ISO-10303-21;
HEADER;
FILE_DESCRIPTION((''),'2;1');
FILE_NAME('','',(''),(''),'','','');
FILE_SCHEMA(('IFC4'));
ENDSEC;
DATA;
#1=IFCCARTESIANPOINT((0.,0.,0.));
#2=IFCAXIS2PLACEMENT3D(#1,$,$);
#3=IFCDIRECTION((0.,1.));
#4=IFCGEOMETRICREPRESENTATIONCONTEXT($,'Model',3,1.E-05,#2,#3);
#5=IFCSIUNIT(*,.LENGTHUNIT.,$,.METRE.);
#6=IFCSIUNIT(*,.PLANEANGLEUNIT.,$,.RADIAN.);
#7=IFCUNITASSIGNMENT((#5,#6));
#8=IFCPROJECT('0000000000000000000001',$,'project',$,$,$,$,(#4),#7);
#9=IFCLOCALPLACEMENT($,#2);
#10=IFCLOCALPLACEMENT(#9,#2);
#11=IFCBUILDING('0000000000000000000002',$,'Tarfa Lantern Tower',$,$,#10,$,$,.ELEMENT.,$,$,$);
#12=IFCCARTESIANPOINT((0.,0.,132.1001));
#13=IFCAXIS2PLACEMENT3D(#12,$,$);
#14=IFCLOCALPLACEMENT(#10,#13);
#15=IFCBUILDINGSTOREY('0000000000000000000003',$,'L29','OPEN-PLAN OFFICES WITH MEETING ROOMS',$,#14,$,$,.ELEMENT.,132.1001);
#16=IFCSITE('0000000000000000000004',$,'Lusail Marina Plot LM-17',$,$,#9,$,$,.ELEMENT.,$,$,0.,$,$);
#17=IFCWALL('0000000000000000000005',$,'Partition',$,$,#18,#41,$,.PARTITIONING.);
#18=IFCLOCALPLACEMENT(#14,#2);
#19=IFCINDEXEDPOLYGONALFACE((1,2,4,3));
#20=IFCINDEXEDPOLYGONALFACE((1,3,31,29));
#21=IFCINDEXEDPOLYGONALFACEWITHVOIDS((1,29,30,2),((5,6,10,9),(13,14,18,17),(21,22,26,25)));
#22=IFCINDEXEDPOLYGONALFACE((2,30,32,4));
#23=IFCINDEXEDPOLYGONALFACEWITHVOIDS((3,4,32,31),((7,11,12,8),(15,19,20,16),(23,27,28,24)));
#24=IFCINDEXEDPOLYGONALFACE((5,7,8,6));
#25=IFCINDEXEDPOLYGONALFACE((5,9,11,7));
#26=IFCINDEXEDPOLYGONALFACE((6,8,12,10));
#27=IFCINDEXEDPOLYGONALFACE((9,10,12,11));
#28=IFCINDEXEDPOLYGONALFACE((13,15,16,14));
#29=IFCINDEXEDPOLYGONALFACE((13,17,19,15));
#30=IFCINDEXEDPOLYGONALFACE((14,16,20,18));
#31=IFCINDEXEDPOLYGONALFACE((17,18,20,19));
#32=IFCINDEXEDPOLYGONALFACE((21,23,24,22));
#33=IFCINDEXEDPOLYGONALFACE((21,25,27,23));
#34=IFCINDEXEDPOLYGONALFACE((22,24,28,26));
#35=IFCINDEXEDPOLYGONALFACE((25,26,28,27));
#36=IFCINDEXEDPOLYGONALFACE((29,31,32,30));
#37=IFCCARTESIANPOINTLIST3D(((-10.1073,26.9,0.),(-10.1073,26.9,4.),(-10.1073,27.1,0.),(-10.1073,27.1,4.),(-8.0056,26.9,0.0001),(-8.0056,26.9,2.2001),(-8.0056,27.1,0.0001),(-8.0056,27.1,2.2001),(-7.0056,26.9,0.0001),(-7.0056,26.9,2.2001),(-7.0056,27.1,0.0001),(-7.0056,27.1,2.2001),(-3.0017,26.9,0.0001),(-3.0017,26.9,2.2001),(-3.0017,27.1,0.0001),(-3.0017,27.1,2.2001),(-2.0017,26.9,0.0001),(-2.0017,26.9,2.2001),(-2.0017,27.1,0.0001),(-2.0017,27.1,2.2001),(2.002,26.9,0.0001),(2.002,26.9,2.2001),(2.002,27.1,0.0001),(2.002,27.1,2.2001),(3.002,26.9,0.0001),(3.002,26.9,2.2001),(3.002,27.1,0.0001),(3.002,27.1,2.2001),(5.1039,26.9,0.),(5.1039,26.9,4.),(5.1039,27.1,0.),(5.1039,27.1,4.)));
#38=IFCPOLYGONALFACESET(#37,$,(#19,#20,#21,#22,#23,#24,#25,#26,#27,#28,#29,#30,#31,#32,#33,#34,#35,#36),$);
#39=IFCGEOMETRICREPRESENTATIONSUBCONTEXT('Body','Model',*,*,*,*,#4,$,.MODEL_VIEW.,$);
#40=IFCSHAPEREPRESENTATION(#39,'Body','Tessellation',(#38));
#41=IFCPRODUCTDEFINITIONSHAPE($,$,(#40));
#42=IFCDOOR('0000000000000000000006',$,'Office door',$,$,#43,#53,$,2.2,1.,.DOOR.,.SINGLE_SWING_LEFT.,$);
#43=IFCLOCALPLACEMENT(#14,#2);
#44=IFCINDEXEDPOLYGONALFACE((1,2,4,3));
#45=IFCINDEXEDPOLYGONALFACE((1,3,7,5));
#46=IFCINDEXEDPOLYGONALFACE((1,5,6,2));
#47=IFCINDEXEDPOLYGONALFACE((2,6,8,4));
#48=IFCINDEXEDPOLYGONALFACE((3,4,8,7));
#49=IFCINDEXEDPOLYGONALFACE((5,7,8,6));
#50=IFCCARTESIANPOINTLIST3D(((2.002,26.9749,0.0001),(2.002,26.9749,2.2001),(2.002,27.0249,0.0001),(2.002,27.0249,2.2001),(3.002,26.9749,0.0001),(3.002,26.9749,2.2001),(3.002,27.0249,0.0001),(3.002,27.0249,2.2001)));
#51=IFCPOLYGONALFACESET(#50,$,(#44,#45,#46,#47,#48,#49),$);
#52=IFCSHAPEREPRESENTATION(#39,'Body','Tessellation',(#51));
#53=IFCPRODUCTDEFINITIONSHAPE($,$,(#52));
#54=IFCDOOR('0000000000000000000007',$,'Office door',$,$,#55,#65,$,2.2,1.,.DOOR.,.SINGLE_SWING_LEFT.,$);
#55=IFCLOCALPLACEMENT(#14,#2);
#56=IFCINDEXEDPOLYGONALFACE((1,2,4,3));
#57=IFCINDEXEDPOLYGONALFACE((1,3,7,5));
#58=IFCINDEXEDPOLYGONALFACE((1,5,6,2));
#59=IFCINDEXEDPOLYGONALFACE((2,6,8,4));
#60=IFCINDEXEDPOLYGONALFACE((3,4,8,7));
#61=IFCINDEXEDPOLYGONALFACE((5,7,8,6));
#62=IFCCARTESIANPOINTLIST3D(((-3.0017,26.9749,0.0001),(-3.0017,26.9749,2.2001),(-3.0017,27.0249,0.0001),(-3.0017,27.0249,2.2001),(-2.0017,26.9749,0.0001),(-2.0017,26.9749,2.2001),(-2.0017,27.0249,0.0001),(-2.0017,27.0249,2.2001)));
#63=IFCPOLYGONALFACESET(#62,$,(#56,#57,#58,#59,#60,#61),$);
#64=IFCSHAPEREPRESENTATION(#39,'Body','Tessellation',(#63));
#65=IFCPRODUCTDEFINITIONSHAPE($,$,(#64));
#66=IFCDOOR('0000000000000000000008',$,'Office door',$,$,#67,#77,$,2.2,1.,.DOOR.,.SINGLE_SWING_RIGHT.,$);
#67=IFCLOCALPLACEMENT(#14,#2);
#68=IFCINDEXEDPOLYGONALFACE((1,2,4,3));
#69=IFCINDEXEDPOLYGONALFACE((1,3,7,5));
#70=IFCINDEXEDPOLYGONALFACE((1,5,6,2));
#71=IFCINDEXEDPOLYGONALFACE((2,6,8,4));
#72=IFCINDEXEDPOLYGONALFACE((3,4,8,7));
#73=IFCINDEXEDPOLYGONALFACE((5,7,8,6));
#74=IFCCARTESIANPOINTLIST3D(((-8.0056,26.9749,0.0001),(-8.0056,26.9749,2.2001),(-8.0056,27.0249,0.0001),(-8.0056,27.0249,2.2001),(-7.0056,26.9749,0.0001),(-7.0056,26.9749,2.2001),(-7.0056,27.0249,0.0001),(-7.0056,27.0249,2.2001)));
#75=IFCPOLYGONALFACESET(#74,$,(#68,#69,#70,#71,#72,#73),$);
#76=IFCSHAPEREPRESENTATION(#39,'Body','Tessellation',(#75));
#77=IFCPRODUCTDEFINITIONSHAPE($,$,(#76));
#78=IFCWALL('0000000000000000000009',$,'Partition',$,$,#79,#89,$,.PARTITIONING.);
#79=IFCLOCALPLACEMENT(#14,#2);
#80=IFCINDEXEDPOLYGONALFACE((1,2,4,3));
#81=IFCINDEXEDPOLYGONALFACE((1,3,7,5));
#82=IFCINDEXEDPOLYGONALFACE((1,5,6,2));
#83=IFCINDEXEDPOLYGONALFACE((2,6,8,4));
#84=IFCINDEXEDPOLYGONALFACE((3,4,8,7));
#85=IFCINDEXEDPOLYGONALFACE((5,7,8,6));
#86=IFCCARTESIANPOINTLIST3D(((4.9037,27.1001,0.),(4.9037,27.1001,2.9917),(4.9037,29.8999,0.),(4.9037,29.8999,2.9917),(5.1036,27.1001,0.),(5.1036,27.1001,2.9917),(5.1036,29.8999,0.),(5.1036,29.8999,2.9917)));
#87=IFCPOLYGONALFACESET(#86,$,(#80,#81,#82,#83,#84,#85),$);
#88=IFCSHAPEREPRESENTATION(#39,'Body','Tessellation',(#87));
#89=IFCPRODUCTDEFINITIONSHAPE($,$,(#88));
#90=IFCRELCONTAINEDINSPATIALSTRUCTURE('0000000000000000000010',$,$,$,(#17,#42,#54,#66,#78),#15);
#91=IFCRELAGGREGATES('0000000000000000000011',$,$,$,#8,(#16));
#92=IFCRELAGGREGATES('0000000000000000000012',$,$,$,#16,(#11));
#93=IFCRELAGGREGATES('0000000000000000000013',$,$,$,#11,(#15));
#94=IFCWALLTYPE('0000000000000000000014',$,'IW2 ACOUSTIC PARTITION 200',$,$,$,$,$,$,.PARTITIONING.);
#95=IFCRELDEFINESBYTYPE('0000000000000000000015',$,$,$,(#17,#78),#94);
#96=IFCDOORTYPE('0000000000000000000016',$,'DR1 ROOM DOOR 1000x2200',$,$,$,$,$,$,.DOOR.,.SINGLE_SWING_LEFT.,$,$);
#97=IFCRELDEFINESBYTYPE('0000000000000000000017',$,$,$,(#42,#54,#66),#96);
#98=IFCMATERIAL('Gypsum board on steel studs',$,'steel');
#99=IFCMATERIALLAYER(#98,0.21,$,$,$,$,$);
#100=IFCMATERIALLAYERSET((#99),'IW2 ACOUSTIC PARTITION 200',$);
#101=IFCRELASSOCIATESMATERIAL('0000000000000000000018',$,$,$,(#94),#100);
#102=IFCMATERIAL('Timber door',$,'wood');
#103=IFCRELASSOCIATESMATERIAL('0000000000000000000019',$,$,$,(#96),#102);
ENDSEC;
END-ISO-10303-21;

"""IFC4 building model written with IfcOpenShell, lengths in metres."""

from ifc_helpers import new_model, si_unit, direction, frame, frame_2d, origin, place, context, subcontext, project, spatial, rectangle, extrude, material, layer, layer_set, type_object, element, fill, save


model = new_model("IFC4")

# Units and contexts
model_context = context("Model", 3, precision=1e-05, world=origin(), true_north=direction((0.0, 1.0)))
body_context = subcontext(model_context, "Body", "Model", "MODEL_VIEW")
ifc_project = project(units=[si_unit("LENGTHUNIT", "METRE"), si_unit("PLANEANGLEUNIT", "RADIAN")], contexts=[model_context])

# Site, building, storey
site_placement = place(None, origin())
site = spatial("IfcSite", under=ifc_project, at=site_placement, Name="Lusail Marina Plot LM-17", CompositionType="ELEMENT", RefElevation=0.0)
building_placement = place(site_placement, origin())
building = spatial("IfcBuilding", under=site, at=building_placement, Name="Tarfa Lantern Tower", CompositionType="ELEMENT")
storey_placement = place(building_placement, frame((0.0, 0.0, 132.1001)))
storey = spatial("IfcBuildingStorey", under=building, at=storey_placement, Name="L29", Description="OPEN-PLAN OFFICES WITH MEETING ROOMS", CompositionType="ELEMENT", Elevation=132.1001)

# Wall, openings, doors
ifc_material_1 = material(Name="Gypsum board on steel studs", Category="steel")
ifc_layer_1 = layer(ifc_material_1, 0.21)
ifc_layer_set_1 = layer_set([ifc_layer_1], Name="IW2 ACOUSTIC PARTITION 200")
wall_type = type_object("IfcWallType", Name="IW2 ACOUSTIC PARTITION 200", PredefinedType="PARTITIONING", material=ifc_layer_set_1)
wall_1_placement = place(storey_placement, frame((5.1038, 27.0, 0.0), z_axis=(0.0, 0.0, 1.0), x_axis=(-1.0, 0.0, 0.0)))
wall_1 = element("IfcWall", 1, at=wall_1_placement, inside=storey, type_object=wall_type, Name="Partition", PredefinedType="PARTITIONING", context=body_context, shape_type="SweptSolid", body=[
    extrude(rectangle(XDim=15.2112, YDim=0.2, at=frame_2d((7.6055, 0.0))), origin(), (0.0, 0.0, 1.0), 4.0),
])
opening_1_placement = place(wall_1_placement, frame((2.1018, 0.0, 0.0)))
opening_1 = element("IfcOpeningElement", 2, at=opening_1_placement, cuts=wall_1, PredefinedType="OPENING", context=body_context, shape_type="SweptSolid", body=[
    extrude(rectangle(XDim=1.0, YDim=2.2, at=frame_2d((0.5, 1.1001))), frame((0.0, 0.1099, 0.0), z_axis=(0.0, -1.0, 0.0), x_axis=(1.0, 0.0, 0.0)), (0.0, 0.0, 1.0), 0.22),
])
opening_2_placement = place(wall_1_placement, frame((7.1055, 0.0, 0.0)))
opening_2 = element("IfcOpeningElement", 3, at=opening_2_placement, cuts=wall_1, PredefinedType="OPENING", context=body_context, shape_type="SweptSolid", body=[
    extrude(rectangle(XDim=1.0, YDim=2.2, at=frame_2d((0.5, 1.1001))), frame((0.0, 0.1099, 0.0), z_axis=(0.0, -1.0, 0.0), x_axis=(1.0, 0.0, 0.0)), (0.0, 0.0, 1.0), 0.22),
])
opening_3_placement = place(wall_1_placement, frame((12.1094, 0.0, 0.0)))
opening_3 = element("IfcOpeningElement", 4, at=opening_3_placement, cuts=wall_1, PredefinedType="OPENING", context=body_context, shape_type="SweptSolid", body=[
    extrude(rectangle(XDim=1.0, YDim=2.2, at=frame_2d((0.5, 1.1001))), frame((0.0, 0.1099, 0.0), z_axis=(0.0, -1.0, 0.0), x_axis=(1.0, 0.0, 0.0)), (0.0, 0.0, 1.0), 0.22),
])
ifc_material_2 = material(Name="Timber door", Category="wood")
door_type = type_object("IfcDoorType", Name="DR1 ROOM DOOR 1000x2200", OperationType="SINGLE_SWING_LEFT", PredefinedType="DOOR", material=ifc_material_2)
door_1_placement = place(opening_1_placement, frame((1.0, 0.0, 0.0), z_axis=(0.0, 0.0, 1.0), x_axis=(-1.0, 0.0, 0.0)))
door_1 = element("IfcDoor", 5, at=door_1_placement, inside=storey, type_object=door_type, Name="Office door", OperationType="SINGLE_SWING_LEFT", OverallHeight=2.2, OverallWidth=1.0, PredefinedType="DOOR", context=body_context, shape_type="SweptSolid", body=[
    extrude(rectangle(XDim=1.0, YDim=2.2, at=frame_2d((0.5, 1.1001))), frame((0.0, 0.0249, 0.0), z_axis=(0.0, -1.0, 0.0), x_axis=(1.0, 0.0, 0.0)), (0.0, 0.0, 1.0), 0.05),
])
fill(opening_1, door_1)
door_2_placement = place(opening_2_placement, frame((1.0, 0.0, 0.0), z_axis=(0.0, 0.0, 1.0), x_axis=(-1.0, 0.0, 0.0)))
door_2 = element("IfcDoor", 6, at=door_2_placement, inside=storey, type_object=door_type, Name="Office door", OperationType="SINGLE_SWING_LEFT", OverallHeight=2.2, OverallWidth=1.0, PredefinedType="DOOR", context=body_context, shape_type="SweptSolid", body=[
    extrude(rectangle(XDim=1.0, YDim=2.2, at=frame_2d((0.5, 1.1001))), frame((0.0, 0.0249, 0.0), z_axis=(0.0, -1.0, 0.0), x_axis=(1.0, 0.0, 0.0)), (0.0, 0.0, 1.0), 0.05),
])
fill(opening_2, door_2)
door_3_placement = place(opening_3_placement, frame((1.0, 0.0, 0.0), z_axis=(0.0, 0.0, 1.0), x_axis=(-1.0, 0.0, 0.0)))
door_3 = element("IfcDoor", 7, at=door_3_placement, inside=storey, type_object=door_type, Name="Office door", OperationType="SINGLE_SWING_RIGHT", OverallHeight=2.2, OverallWidth=1.0, PredefinedType="DOOR", context=body_context, shape_type="SweptSolid", body=[
    extrude(rectangle(XDim=1.0, YDim=2.2, at=frame_2d((0.5, 1.1001))), frame((0.0, 0.0249, 0.0), z_axis=(0.0, -1.0, 0.0), x_axis=(1.0, 0.0, 0.0)), (0.0, 0.0, 1.0), 0.05),
])
fill(opening_3, door_3)

# Wall
wall_2_placement = place(storey_placement, frame((5.0037, 27.1001, 0.0), z_axis=(0.0, 0.0, 1.0), x_axis=(0.0, 1.0, 0.0)))
element("IfcWall", 8, at=wall_2_placement, inside=storey, type_object=wall_type, Name="Partition", PredefinedType="PARTITIONING", context=body_context, shape_type="SweptSolid", body=[
    extrude(rectangle(XDim=2.7998, YDim=0.2, at=frame_2d((1.3999, 0.0))), origin(), (0.0, 0.0, 1.0), 2.9917),
])

save(model, "model.ifc")
